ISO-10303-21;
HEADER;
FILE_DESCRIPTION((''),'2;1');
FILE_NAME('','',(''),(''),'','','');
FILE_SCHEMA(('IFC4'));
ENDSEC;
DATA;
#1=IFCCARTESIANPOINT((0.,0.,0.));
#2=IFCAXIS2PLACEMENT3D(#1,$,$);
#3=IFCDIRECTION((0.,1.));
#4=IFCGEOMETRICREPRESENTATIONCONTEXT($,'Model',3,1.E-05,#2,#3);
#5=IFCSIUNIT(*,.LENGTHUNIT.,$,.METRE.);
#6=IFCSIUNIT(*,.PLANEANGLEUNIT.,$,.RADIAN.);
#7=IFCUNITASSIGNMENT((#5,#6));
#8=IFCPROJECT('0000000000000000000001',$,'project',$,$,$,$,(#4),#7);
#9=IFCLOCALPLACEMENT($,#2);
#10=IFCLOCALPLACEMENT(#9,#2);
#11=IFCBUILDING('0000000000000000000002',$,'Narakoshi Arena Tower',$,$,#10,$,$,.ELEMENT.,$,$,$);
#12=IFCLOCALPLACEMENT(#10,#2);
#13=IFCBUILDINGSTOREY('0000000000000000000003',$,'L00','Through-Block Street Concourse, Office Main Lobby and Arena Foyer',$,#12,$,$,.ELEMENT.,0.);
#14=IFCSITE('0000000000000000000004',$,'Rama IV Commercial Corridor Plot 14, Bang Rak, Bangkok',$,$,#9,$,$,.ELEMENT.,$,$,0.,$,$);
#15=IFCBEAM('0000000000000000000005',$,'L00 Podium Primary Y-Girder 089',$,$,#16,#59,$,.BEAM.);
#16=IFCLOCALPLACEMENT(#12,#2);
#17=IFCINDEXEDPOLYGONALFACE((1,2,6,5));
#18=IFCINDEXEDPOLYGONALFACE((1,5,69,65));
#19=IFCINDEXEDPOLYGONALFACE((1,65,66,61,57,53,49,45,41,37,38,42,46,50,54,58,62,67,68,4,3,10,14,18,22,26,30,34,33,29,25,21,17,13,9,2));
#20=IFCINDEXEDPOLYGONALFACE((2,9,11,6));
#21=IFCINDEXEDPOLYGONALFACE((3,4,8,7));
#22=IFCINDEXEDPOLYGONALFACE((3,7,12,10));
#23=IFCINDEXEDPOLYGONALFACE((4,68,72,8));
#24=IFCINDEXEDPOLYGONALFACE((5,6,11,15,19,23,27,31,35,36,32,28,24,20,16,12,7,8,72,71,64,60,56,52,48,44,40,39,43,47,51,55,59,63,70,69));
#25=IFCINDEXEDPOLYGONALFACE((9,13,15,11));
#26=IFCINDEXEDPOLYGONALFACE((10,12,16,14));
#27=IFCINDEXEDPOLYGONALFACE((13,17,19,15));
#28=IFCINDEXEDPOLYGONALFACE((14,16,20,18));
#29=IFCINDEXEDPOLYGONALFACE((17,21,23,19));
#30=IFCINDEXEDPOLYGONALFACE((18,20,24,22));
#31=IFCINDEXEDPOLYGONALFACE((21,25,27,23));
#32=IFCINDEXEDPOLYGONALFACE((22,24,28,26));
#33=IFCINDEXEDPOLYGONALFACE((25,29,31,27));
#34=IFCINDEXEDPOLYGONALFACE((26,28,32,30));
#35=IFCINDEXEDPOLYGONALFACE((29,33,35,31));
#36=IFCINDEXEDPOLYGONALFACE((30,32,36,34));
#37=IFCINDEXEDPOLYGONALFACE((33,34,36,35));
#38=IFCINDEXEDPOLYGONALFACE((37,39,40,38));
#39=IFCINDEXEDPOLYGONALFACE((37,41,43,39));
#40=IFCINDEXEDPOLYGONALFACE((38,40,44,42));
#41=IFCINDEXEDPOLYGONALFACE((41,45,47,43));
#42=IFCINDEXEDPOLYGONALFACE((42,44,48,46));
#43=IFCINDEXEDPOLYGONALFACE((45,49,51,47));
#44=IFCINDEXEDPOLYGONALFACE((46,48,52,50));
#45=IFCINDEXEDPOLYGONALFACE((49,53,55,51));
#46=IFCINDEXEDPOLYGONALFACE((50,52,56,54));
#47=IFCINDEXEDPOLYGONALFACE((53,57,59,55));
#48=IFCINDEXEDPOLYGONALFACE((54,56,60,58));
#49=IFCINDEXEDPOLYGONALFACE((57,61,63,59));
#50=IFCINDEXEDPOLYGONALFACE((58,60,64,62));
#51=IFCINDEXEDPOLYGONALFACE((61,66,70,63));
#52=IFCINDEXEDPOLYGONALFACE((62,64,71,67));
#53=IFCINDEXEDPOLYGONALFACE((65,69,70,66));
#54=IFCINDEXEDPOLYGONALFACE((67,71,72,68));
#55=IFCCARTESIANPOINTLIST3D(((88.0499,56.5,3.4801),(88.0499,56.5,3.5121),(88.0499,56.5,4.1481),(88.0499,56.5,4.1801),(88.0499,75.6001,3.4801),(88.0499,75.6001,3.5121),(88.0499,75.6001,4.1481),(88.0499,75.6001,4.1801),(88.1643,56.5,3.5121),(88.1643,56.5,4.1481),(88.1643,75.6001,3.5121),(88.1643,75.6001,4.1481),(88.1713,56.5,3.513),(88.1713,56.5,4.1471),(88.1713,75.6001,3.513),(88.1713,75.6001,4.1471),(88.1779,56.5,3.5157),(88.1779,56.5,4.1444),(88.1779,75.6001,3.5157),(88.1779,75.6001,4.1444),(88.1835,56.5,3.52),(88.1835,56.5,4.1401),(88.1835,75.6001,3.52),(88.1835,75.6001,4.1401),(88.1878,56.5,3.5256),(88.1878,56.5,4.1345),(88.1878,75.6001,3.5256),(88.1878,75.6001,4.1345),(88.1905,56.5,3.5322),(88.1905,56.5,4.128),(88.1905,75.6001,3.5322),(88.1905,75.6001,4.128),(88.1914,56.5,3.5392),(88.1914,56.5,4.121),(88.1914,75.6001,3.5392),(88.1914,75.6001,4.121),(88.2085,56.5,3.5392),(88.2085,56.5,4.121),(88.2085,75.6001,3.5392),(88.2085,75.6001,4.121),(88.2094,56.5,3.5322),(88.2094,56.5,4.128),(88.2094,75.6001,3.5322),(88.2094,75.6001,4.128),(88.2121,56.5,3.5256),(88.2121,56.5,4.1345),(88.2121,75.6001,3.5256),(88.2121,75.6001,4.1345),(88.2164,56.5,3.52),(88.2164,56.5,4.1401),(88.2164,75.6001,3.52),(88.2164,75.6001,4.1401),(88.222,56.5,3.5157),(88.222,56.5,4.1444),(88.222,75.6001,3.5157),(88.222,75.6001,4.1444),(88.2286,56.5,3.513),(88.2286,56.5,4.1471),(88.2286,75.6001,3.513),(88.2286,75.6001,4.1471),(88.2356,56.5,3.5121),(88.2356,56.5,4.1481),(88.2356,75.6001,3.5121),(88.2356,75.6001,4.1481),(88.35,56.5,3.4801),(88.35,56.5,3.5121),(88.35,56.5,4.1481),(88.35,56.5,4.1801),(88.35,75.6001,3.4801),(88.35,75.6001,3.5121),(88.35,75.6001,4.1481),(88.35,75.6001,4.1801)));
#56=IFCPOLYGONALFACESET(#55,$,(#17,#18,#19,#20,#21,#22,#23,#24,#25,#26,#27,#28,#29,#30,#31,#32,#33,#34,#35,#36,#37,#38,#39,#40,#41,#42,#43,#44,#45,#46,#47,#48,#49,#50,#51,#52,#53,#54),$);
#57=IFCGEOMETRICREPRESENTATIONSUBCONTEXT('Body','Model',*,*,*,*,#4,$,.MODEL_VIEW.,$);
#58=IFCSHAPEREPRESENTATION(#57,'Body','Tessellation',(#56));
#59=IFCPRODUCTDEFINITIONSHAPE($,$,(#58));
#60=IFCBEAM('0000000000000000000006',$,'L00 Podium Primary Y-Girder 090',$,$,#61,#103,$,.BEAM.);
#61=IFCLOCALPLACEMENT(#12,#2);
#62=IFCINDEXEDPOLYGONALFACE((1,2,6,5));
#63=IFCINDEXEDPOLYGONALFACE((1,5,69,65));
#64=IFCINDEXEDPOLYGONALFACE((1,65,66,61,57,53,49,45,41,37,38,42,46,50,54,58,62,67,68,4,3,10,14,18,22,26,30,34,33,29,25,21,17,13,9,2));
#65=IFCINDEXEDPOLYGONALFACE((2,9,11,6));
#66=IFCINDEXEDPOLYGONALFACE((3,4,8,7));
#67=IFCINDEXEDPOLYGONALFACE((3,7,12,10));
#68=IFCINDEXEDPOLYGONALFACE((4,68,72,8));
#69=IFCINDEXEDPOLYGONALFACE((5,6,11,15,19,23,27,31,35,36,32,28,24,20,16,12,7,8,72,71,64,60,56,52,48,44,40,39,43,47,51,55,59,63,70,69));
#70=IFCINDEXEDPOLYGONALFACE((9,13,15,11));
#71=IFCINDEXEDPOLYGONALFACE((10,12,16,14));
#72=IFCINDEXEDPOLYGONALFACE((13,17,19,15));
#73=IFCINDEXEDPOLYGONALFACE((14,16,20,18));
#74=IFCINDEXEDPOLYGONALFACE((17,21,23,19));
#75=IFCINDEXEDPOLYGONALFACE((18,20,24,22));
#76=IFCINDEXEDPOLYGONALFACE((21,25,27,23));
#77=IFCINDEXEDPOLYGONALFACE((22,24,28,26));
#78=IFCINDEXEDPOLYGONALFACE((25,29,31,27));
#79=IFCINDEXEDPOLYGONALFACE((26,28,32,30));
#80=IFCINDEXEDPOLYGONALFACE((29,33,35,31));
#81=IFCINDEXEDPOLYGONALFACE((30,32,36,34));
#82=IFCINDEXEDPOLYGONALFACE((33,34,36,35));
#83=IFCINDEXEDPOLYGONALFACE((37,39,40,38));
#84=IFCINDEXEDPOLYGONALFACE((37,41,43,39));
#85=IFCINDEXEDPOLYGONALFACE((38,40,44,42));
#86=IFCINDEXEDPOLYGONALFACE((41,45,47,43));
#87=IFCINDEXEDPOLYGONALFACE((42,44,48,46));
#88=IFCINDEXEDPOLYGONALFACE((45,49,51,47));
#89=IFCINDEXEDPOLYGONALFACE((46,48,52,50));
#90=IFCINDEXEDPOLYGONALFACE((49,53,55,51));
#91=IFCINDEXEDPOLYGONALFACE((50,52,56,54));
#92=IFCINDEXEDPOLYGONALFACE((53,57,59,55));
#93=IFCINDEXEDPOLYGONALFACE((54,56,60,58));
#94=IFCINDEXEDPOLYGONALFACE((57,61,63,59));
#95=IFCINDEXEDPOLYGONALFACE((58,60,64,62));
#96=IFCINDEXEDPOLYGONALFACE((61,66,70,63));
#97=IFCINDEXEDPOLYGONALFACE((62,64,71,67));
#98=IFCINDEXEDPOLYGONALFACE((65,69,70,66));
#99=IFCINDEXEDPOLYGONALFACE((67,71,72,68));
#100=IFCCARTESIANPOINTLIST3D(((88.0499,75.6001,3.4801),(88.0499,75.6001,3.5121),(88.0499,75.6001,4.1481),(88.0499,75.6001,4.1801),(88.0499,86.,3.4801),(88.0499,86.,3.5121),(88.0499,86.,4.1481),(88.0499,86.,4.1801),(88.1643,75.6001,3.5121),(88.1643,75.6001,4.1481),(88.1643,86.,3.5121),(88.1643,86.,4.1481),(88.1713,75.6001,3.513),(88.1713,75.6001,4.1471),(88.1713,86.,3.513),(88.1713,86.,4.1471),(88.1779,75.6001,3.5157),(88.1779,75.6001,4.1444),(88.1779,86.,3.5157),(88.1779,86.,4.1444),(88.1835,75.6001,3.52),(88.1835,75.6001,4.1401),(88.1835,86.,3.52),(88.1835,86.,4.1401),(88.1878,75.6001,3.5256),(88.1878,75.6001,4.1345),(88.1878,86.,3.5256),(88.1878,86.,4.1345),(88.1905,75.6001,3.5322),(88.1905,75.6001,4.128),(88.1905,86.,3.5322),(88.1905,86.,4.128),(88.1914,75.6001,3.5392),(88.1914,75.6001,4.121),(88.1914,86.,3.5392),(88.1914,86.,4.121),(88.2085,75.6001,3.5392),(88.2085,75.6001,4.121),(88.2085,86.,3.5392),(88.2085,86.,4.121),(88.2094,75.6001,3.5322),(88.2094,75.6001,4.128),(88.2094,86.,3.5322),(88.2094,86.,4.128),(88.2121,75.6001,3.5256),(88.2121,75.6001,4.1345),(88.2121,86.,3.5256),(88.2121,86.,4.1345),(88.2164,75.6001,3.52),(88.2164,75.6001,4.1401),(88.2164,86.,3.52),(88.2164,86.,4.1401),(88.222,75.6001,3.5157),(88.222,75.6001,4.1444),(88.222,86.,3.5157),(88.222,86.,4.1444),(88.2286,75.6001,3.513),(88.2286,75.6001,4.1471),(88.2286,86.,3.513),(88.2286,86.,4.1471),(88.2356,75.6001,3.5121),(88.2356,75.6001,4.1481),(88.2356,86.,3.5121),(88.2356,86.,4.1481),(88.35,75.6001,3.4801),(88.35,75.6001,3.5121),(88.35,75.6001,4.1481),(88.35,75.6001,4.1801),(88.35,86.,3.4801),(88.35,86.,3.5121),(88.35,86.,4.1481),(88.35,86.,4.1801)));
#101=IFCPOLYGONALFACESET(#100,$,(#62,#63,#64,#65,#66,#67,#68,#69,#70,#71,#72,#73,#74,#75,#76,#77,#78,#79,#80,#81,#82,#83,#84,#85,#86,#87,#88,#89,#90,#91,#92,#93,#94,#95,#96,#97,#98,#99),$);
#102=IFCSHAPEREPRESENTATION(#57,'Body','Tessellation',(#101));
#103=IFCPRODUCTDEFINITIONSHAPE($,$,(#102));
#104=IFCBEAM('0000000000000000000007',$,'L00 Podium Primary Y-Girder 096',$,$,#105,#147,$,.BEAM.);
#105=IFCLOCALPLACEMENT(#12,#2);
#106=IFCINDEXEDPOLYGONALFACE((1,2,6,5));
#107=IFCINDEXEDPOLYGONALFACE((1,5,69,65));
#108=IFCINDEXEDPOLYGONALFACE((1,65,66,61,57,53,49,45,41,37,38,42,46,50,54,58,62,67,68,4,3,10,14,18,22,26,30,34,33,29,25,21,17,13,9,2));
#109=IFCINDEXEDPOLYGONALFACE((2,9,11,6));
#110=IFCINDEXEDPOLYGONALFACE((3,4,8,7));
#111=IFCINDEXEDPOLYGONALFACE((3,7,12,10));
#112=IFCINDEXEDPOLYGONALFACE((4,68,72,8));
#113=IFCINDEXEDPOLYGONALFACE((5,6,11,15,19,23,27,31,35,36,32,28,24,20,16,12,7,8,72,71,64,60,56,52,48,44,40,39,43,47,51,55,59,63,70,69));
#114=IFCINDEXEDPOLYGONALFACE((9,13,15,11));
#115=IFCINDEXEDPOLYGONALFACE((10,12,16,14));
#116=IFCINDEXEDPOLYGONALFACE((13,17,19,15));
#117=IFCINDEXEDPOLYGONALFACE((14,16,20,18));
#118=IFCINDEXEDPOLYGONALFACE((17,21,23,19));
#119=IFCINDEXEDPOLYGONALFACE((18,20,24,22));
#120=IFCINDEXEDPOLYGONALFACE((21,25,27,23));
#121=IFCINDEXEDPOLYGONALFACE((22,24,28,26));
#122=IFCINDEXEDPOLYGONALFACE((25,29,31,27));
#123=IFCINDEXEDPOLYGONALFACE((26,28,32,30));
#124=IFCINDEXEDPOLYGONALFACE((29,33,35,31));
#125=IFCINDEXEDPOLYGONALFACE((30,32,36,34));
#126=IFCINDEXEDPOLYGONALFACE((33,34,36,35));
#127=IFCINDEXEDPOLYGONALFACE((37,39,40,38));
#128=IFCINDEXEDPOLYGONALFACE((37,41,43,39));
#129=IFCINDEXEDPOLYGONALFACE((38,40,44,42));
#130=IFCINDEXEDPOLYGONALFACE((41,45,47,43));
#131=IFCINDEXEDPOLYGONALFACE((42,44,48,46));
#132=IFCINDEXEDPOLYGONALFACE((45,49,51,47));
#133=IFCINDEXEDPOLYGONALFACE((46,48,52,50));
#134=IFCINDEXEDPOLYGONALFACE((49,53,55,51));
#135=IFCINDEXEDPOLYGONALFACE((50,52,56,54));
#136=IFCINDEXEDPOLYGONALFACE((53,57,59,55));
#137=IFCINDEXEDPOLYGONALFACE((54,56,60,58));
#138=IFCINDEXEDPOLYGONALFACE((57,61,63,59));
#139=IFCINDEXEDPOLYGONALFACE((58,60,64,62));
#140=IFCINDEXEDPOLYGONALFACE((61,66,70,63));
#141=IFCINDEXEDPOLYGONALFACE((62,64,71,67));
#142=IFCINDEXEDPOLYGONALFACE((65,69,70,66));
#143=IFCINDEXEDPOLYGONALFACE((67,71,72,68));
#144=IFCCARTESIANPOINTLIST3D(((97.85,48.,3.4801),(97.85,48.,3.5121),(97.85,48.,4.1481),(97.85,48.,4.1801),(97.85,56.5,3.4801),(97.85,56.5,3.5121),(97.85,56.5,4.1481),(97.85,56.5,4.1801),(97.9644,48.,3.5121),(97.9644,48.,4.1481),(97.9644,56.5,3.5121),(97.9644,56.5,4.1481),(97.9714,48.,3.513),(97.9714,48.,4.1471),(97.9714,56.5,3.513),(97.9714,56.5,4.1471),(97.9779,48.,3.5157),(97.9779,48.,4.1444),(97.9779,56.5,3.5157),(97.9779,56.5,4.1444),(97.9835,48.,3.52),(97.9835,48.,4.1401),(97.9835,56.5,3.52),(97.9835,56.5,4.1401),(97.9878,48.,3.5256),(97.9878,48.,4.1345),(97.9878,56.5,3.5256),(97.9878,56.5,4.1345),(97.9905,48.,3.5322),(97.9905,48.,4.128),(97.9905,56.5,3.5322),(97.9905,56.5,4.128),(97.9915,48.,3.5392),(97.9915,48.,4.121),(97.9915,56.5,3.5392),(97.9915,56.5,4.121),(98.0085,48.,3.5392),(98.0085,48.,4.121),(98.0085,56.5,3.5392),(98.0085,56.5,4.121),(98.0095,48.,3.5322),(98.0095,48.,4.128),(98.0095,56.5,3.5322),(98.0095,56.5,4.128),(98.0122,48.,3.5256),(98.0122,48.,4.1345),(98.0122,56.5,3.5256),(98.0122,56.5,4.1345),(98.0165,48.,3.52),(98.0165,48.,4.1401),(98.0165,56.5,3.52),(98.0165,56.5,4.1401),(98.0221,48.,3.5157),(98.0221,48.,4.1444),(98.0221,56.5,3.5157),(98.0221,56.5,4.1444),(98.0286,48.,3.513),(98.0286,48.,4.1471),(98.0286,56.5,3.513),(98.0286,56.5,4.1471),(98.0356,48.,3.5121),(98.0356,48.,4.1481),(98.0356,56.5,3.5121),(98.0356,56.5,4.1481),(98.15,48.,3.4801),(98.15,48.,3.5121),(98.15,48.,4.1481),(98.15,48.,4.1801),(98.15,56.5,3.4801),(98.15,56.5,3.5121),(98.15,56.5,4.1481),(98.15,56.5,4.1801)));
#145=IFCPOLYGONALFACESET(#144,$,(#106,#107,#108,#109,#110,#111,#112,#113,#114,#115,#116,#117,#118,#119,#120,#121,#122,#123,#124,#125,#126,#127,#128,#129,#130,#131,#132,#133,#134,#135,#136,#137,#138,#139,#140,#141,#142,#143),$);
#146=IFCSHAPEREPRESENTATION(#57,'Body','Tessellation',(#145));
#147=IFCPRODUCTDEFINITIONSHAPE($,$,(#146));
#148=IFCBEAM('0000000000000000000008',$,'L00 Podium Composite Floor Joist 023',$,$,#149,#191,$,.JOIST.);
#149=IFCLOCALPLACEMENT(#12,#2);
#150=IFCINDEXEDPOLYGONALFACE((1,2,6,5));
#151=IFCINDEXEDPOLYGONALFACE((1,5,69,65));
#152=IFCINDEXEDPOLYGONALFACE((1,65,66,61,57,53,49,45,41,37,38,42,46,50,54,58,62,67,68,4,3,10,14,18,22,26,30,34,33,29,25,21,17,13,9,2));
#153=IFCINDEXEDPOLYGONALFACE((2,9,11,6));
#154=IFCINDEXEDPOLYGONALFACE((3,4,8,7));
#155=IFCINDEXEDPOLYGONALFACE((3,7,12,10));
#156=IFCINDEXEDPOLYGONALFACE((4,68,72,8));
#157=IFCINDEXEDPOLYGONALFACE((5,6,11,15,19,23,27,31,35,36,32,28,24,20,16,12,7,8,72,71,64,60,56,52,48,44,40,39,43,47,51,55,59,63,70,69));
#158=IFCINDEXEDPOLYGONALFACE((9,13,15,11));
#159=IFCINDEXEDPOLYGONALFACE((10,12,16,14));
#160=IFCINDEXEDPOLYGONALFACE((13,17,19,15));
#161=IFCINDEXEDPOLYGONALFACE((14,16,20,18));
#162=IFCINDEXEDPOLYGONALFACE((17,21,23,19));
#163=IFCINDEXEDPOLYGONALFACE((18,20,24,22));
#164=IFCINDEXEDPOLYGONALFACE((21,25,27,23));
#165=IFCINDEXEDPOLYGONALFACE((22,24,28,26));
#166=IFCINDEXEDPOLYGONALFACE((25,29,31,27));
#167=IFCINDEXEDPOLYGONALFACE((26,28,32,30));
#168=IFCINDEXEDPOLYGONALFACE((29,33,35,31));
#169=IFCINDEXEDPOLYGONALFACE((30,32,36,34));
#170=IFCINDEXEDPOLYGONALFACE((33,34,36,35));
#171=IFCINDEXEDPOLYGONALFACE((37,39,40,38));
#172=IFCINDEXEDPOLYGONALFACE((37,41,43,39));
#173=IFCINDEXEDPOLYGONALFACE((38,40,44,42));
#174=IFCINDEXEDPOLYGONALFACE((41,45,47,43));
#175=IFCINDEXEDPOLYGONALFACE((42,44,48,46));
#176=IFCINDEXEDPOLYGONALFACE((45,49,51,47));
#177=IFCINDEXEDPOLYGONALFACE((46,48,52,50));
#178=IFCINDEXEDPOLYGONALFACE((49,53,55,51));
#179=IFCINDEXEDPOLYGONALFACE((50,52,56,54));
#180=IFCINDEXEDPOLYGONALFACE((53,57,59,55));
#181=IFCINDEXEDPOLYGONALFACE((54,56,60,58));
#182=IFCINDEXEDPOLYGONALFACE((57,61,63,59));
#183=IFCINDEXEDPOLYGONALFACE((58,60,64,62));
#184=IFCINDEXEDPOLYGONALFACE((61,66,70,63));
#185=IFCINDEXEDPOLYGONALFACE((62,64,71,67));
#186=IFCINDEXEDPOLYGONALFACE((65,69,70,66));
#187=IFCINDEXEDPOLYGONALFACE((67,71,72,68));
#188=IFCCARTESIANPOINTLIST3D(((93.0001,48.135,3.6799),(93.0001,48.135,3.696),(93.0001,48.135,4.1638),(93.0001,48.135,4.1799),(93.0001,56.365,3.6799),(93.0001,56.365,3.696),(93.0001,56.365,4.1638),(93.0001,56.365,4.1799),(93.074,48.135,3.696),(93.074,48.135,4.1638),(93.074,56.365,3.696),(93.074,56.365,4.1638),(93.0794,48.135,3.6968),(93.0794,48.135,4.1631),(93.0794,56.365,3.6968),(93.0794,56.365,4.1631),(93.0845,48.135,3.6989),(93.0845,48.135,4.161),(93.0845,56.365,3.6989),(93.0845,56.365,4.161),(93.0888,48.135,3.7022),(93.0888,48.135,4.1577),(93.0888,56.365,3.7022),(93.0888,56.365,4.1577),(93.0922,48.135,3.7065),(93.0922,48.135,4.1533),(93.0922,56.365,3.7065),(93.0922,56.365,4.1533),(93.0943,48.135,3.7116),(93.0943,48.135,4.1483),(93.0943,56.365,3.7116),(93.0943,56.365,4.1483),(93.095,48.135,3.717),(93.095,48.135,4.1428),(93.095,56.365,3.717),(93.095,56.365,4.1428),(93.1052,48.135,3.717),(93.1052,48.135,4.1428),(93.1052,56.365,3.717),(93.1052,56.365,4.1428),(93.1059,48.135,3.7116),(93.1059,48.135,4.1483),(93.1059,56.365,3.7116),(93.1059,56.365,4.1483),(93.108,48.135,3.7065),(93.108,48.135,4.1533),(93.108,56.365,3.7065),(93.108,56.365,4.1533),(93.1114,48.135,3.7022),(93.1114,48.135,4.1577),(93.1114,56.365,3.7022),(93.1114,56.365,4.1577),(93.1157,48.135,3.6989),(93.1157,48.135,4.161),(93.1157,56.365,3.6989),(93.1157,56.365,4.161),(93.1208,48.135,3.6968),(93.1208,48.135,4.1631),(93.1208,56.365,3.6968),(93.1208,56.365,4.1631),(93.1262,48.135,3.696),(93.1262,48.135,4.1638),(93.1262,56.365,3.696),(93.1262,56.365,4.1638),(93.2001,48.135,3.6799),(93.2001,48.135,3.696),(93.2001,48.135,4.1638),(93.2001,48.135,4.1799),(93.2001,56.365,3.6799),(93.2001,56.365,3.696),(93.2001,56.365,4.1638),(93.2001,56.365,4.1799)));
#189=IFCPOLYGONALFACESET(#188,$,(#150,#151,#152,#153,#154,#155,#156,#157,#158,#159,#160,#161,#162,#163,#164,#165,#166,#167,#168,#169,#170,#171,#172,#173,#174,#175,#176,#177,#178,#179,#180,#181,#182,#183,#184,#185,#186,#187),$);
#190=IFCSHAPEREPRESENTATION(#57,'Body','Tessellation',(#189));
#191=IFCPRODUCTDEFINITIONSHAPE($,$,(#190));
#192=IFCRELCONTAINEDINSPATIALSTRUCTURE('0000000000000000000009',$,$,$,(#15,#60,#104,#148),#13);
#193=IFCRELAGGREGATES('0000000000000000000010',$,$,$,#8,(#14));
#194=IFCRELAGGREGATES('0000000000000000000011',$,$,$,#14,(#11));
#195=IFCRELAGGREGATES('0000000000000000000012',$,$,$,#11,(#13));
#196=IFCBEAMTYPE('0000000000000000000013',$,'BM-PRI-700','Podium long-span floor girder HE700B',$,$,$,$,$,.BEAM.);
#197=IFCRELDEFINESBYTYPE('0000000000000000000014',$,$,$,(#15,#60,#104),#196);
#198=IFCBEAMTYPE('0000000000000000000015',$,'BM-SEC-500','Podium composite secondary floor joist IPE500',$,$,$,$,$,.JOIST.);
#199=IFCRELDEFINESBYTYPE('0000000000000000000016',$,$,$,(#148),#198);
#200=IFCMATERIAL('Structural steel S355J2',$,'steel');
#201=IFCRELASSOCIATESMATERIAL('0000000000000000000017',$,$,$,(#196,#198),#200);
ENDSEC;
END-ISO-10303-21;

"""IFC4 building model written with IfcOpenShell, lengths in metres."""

from ifc_helpers import new_model, si_unit, direction, frame, origin, origin_2d, place, context, subcontext, project, spatial, i_section, extrude, material, material_profile, profile_set, type_object, element, save


model = new_model("IFC4")

# Units and contexts
model_context = context("Model", 3, precision=1e-05, world=origin(), true_north=direction((0.0, 1.0)))
body_context = subcontext(model_context, "Body", "Model", "MODEL_VIEW")
ifc_project = project(units=[si_unit("LENGTHUNIT", "METRE"), si_unit("PLANEANGLEUNIT", "RADIAN")], contexts=[model_context])

# Site, building, storey
site_placement = place(None, origin())
site = spatial("IfcSite", under=ifc_project, at=site_placement, Name="Rama IV Commercial Corridor Plot 14, Bang Rak, Bangkok", CompositionType="ELEMENT", RefElevation=0.0)
building_placement = place(site_placement, origin())
building = spatial("IfcBuilding", under=site, at=building_placement, Name="Narakoshi Arena Tower", CompositionType="ELEMENT")
storey_placement = place(building_placement, origin())
storey = spatial("IfcBuildingStorey", under=building, at=storey_placement, Name="L00", Description="Through-Block Street Concourse, Office Main Lobby and Arena Foyer", CompositionType="ELEMENT", Elevation=0.0)

# Beams
ifc_material_1 = material(Name="Structural steel S355J2", Category="steel")
ifc_material_profile_1 = material_profile(ifc_material_1, i_section(OverallWidth=0.3, OverallDepth=0.7, WebThickness=0.0171, FlangeThickness=0.032, FilletRadius=0.0271, at=origin_2d()), Name="HE700B")
ifc_profile_set_1 = profile_set([ifc_material_profile_1], Name="Structural steel S355J2")
beam_type_1 = type_object("IfcBeamType", Name="BM-PRI-700", Description="Podium long-span floor girder HE700B", PredefinedType="BEAM", material=ifc_profile_set_1)
beam_1_placement = place(storey_placement, frame((88.2, 56.5, 3.8301), z_axis=(0.0, 1.0, 0.0), x_axis=(-1.0, 0.0, 0.0)))
element("IfcBeam", 1, at=beam_1_placement, inside=storey, type_object=beam_type_1, Name="L00 Podium Primary Y-Girder 089", PredefinedType="BEAM", context=body_context, shape_type="SweptSolid", body=[
    extrude(i_section(OverallWidth=0.3, OverallDepth=0.7, WebThickness=0.0171, FlangeThickness=0.032, FilletRadius=0.0271, at=origin_2d()), origin(), (0.0, 0.0, 1.0), 19.1001),
])
beam_2_placement = place(storey_placement, frame((88.2, 75.6001, 3.8301), z_axis=(0.0, 1.0, 0.0), x_axis=(-1.0, 0.0, 0.0)))
element("IfcBeam", 2, at=beam_2_placement, inside=storey, type_object=beam_type_1, Name="L00 Podium Primary Y-Girder 090", PredefinedType="BEAM", context=body_context, shape_type="SweptSolid", body=[
    extrude(i_section(OverallWidth=0.3, OverallDepth=0.7, WebThickness=0.0171, FlangeThickness=0.032, FilletRadius=0.0271, at=origin_2d()), origin(), (0.0, 0.0, 1.0), 10.3999),
])
beam_3_placement = place(storey_placement, frame((98.0, 48.0, 3.8301), z_axis=(0.0, 1.0, 0.0), x_axis=(-1.0, 0.0, 0.0)))
element("IfcBeam", 3, at=beam_3_placement, inside=storey, type_object=beam_type_1, Name="L00 Podium Primary Y-Girder 096", PredefinedType="BEAM", context=body_context, shape_type="SweptSolid", body=[
    extrude(i_section(OverallWidth=0.3, OverallDepth=0.7, WebThickness=0.0171, FlangeThickness=0.032, FilletRadius=0.0271, at=origin_2d()), origin(), (0.0, 0.0, 1.0), 8.5),
])
ifc_material_profile_2 = material_profile(ifc_material_1, i_section(OverallWidth=0.2, OverallDepth=0.5, WebThickness=0.0103, FlangeThickness=0.0161, FilletRadius=0.021, at=origin_2d()), Name="IPE500")
ifc_profile_set_2 = profile_set([ifc_material_profile_2], Name="Structural steel S355J2")
beam_type_2 = type_object("IfcBeamType", Name="BM-SEC-500", Description="Podium composite secondary floor joist IPE500", PredefinedType="JOIST", material=ifc_profile_set_2)
beam_4_placement = place(storey_placement, frame((93.1001, 48.135, 3.9299), z_axis=(0.0, 1.0, 0.0), x_axis=(-1.0, 0.0, 0.0)))
element("IfcBeam", 4, at=beam_4_placement, inside=storey, type_object=beam_type_2, Name="L00 Podium Composite Floor Joist 023", PredefinedType="JOIST", context=body_context, shape_type="SweptSolid", body=[
    extrude(i_section(OverallWidth=0.2, OverallDepth=0.5, WebThickness=0.0103, FlangeThickness=0.0161, FilletRadius=0.021, at=origin_2d()), origin(), (0.0, 0.0, 1.0), 8.23),
])

save(model, "model.ifc")
